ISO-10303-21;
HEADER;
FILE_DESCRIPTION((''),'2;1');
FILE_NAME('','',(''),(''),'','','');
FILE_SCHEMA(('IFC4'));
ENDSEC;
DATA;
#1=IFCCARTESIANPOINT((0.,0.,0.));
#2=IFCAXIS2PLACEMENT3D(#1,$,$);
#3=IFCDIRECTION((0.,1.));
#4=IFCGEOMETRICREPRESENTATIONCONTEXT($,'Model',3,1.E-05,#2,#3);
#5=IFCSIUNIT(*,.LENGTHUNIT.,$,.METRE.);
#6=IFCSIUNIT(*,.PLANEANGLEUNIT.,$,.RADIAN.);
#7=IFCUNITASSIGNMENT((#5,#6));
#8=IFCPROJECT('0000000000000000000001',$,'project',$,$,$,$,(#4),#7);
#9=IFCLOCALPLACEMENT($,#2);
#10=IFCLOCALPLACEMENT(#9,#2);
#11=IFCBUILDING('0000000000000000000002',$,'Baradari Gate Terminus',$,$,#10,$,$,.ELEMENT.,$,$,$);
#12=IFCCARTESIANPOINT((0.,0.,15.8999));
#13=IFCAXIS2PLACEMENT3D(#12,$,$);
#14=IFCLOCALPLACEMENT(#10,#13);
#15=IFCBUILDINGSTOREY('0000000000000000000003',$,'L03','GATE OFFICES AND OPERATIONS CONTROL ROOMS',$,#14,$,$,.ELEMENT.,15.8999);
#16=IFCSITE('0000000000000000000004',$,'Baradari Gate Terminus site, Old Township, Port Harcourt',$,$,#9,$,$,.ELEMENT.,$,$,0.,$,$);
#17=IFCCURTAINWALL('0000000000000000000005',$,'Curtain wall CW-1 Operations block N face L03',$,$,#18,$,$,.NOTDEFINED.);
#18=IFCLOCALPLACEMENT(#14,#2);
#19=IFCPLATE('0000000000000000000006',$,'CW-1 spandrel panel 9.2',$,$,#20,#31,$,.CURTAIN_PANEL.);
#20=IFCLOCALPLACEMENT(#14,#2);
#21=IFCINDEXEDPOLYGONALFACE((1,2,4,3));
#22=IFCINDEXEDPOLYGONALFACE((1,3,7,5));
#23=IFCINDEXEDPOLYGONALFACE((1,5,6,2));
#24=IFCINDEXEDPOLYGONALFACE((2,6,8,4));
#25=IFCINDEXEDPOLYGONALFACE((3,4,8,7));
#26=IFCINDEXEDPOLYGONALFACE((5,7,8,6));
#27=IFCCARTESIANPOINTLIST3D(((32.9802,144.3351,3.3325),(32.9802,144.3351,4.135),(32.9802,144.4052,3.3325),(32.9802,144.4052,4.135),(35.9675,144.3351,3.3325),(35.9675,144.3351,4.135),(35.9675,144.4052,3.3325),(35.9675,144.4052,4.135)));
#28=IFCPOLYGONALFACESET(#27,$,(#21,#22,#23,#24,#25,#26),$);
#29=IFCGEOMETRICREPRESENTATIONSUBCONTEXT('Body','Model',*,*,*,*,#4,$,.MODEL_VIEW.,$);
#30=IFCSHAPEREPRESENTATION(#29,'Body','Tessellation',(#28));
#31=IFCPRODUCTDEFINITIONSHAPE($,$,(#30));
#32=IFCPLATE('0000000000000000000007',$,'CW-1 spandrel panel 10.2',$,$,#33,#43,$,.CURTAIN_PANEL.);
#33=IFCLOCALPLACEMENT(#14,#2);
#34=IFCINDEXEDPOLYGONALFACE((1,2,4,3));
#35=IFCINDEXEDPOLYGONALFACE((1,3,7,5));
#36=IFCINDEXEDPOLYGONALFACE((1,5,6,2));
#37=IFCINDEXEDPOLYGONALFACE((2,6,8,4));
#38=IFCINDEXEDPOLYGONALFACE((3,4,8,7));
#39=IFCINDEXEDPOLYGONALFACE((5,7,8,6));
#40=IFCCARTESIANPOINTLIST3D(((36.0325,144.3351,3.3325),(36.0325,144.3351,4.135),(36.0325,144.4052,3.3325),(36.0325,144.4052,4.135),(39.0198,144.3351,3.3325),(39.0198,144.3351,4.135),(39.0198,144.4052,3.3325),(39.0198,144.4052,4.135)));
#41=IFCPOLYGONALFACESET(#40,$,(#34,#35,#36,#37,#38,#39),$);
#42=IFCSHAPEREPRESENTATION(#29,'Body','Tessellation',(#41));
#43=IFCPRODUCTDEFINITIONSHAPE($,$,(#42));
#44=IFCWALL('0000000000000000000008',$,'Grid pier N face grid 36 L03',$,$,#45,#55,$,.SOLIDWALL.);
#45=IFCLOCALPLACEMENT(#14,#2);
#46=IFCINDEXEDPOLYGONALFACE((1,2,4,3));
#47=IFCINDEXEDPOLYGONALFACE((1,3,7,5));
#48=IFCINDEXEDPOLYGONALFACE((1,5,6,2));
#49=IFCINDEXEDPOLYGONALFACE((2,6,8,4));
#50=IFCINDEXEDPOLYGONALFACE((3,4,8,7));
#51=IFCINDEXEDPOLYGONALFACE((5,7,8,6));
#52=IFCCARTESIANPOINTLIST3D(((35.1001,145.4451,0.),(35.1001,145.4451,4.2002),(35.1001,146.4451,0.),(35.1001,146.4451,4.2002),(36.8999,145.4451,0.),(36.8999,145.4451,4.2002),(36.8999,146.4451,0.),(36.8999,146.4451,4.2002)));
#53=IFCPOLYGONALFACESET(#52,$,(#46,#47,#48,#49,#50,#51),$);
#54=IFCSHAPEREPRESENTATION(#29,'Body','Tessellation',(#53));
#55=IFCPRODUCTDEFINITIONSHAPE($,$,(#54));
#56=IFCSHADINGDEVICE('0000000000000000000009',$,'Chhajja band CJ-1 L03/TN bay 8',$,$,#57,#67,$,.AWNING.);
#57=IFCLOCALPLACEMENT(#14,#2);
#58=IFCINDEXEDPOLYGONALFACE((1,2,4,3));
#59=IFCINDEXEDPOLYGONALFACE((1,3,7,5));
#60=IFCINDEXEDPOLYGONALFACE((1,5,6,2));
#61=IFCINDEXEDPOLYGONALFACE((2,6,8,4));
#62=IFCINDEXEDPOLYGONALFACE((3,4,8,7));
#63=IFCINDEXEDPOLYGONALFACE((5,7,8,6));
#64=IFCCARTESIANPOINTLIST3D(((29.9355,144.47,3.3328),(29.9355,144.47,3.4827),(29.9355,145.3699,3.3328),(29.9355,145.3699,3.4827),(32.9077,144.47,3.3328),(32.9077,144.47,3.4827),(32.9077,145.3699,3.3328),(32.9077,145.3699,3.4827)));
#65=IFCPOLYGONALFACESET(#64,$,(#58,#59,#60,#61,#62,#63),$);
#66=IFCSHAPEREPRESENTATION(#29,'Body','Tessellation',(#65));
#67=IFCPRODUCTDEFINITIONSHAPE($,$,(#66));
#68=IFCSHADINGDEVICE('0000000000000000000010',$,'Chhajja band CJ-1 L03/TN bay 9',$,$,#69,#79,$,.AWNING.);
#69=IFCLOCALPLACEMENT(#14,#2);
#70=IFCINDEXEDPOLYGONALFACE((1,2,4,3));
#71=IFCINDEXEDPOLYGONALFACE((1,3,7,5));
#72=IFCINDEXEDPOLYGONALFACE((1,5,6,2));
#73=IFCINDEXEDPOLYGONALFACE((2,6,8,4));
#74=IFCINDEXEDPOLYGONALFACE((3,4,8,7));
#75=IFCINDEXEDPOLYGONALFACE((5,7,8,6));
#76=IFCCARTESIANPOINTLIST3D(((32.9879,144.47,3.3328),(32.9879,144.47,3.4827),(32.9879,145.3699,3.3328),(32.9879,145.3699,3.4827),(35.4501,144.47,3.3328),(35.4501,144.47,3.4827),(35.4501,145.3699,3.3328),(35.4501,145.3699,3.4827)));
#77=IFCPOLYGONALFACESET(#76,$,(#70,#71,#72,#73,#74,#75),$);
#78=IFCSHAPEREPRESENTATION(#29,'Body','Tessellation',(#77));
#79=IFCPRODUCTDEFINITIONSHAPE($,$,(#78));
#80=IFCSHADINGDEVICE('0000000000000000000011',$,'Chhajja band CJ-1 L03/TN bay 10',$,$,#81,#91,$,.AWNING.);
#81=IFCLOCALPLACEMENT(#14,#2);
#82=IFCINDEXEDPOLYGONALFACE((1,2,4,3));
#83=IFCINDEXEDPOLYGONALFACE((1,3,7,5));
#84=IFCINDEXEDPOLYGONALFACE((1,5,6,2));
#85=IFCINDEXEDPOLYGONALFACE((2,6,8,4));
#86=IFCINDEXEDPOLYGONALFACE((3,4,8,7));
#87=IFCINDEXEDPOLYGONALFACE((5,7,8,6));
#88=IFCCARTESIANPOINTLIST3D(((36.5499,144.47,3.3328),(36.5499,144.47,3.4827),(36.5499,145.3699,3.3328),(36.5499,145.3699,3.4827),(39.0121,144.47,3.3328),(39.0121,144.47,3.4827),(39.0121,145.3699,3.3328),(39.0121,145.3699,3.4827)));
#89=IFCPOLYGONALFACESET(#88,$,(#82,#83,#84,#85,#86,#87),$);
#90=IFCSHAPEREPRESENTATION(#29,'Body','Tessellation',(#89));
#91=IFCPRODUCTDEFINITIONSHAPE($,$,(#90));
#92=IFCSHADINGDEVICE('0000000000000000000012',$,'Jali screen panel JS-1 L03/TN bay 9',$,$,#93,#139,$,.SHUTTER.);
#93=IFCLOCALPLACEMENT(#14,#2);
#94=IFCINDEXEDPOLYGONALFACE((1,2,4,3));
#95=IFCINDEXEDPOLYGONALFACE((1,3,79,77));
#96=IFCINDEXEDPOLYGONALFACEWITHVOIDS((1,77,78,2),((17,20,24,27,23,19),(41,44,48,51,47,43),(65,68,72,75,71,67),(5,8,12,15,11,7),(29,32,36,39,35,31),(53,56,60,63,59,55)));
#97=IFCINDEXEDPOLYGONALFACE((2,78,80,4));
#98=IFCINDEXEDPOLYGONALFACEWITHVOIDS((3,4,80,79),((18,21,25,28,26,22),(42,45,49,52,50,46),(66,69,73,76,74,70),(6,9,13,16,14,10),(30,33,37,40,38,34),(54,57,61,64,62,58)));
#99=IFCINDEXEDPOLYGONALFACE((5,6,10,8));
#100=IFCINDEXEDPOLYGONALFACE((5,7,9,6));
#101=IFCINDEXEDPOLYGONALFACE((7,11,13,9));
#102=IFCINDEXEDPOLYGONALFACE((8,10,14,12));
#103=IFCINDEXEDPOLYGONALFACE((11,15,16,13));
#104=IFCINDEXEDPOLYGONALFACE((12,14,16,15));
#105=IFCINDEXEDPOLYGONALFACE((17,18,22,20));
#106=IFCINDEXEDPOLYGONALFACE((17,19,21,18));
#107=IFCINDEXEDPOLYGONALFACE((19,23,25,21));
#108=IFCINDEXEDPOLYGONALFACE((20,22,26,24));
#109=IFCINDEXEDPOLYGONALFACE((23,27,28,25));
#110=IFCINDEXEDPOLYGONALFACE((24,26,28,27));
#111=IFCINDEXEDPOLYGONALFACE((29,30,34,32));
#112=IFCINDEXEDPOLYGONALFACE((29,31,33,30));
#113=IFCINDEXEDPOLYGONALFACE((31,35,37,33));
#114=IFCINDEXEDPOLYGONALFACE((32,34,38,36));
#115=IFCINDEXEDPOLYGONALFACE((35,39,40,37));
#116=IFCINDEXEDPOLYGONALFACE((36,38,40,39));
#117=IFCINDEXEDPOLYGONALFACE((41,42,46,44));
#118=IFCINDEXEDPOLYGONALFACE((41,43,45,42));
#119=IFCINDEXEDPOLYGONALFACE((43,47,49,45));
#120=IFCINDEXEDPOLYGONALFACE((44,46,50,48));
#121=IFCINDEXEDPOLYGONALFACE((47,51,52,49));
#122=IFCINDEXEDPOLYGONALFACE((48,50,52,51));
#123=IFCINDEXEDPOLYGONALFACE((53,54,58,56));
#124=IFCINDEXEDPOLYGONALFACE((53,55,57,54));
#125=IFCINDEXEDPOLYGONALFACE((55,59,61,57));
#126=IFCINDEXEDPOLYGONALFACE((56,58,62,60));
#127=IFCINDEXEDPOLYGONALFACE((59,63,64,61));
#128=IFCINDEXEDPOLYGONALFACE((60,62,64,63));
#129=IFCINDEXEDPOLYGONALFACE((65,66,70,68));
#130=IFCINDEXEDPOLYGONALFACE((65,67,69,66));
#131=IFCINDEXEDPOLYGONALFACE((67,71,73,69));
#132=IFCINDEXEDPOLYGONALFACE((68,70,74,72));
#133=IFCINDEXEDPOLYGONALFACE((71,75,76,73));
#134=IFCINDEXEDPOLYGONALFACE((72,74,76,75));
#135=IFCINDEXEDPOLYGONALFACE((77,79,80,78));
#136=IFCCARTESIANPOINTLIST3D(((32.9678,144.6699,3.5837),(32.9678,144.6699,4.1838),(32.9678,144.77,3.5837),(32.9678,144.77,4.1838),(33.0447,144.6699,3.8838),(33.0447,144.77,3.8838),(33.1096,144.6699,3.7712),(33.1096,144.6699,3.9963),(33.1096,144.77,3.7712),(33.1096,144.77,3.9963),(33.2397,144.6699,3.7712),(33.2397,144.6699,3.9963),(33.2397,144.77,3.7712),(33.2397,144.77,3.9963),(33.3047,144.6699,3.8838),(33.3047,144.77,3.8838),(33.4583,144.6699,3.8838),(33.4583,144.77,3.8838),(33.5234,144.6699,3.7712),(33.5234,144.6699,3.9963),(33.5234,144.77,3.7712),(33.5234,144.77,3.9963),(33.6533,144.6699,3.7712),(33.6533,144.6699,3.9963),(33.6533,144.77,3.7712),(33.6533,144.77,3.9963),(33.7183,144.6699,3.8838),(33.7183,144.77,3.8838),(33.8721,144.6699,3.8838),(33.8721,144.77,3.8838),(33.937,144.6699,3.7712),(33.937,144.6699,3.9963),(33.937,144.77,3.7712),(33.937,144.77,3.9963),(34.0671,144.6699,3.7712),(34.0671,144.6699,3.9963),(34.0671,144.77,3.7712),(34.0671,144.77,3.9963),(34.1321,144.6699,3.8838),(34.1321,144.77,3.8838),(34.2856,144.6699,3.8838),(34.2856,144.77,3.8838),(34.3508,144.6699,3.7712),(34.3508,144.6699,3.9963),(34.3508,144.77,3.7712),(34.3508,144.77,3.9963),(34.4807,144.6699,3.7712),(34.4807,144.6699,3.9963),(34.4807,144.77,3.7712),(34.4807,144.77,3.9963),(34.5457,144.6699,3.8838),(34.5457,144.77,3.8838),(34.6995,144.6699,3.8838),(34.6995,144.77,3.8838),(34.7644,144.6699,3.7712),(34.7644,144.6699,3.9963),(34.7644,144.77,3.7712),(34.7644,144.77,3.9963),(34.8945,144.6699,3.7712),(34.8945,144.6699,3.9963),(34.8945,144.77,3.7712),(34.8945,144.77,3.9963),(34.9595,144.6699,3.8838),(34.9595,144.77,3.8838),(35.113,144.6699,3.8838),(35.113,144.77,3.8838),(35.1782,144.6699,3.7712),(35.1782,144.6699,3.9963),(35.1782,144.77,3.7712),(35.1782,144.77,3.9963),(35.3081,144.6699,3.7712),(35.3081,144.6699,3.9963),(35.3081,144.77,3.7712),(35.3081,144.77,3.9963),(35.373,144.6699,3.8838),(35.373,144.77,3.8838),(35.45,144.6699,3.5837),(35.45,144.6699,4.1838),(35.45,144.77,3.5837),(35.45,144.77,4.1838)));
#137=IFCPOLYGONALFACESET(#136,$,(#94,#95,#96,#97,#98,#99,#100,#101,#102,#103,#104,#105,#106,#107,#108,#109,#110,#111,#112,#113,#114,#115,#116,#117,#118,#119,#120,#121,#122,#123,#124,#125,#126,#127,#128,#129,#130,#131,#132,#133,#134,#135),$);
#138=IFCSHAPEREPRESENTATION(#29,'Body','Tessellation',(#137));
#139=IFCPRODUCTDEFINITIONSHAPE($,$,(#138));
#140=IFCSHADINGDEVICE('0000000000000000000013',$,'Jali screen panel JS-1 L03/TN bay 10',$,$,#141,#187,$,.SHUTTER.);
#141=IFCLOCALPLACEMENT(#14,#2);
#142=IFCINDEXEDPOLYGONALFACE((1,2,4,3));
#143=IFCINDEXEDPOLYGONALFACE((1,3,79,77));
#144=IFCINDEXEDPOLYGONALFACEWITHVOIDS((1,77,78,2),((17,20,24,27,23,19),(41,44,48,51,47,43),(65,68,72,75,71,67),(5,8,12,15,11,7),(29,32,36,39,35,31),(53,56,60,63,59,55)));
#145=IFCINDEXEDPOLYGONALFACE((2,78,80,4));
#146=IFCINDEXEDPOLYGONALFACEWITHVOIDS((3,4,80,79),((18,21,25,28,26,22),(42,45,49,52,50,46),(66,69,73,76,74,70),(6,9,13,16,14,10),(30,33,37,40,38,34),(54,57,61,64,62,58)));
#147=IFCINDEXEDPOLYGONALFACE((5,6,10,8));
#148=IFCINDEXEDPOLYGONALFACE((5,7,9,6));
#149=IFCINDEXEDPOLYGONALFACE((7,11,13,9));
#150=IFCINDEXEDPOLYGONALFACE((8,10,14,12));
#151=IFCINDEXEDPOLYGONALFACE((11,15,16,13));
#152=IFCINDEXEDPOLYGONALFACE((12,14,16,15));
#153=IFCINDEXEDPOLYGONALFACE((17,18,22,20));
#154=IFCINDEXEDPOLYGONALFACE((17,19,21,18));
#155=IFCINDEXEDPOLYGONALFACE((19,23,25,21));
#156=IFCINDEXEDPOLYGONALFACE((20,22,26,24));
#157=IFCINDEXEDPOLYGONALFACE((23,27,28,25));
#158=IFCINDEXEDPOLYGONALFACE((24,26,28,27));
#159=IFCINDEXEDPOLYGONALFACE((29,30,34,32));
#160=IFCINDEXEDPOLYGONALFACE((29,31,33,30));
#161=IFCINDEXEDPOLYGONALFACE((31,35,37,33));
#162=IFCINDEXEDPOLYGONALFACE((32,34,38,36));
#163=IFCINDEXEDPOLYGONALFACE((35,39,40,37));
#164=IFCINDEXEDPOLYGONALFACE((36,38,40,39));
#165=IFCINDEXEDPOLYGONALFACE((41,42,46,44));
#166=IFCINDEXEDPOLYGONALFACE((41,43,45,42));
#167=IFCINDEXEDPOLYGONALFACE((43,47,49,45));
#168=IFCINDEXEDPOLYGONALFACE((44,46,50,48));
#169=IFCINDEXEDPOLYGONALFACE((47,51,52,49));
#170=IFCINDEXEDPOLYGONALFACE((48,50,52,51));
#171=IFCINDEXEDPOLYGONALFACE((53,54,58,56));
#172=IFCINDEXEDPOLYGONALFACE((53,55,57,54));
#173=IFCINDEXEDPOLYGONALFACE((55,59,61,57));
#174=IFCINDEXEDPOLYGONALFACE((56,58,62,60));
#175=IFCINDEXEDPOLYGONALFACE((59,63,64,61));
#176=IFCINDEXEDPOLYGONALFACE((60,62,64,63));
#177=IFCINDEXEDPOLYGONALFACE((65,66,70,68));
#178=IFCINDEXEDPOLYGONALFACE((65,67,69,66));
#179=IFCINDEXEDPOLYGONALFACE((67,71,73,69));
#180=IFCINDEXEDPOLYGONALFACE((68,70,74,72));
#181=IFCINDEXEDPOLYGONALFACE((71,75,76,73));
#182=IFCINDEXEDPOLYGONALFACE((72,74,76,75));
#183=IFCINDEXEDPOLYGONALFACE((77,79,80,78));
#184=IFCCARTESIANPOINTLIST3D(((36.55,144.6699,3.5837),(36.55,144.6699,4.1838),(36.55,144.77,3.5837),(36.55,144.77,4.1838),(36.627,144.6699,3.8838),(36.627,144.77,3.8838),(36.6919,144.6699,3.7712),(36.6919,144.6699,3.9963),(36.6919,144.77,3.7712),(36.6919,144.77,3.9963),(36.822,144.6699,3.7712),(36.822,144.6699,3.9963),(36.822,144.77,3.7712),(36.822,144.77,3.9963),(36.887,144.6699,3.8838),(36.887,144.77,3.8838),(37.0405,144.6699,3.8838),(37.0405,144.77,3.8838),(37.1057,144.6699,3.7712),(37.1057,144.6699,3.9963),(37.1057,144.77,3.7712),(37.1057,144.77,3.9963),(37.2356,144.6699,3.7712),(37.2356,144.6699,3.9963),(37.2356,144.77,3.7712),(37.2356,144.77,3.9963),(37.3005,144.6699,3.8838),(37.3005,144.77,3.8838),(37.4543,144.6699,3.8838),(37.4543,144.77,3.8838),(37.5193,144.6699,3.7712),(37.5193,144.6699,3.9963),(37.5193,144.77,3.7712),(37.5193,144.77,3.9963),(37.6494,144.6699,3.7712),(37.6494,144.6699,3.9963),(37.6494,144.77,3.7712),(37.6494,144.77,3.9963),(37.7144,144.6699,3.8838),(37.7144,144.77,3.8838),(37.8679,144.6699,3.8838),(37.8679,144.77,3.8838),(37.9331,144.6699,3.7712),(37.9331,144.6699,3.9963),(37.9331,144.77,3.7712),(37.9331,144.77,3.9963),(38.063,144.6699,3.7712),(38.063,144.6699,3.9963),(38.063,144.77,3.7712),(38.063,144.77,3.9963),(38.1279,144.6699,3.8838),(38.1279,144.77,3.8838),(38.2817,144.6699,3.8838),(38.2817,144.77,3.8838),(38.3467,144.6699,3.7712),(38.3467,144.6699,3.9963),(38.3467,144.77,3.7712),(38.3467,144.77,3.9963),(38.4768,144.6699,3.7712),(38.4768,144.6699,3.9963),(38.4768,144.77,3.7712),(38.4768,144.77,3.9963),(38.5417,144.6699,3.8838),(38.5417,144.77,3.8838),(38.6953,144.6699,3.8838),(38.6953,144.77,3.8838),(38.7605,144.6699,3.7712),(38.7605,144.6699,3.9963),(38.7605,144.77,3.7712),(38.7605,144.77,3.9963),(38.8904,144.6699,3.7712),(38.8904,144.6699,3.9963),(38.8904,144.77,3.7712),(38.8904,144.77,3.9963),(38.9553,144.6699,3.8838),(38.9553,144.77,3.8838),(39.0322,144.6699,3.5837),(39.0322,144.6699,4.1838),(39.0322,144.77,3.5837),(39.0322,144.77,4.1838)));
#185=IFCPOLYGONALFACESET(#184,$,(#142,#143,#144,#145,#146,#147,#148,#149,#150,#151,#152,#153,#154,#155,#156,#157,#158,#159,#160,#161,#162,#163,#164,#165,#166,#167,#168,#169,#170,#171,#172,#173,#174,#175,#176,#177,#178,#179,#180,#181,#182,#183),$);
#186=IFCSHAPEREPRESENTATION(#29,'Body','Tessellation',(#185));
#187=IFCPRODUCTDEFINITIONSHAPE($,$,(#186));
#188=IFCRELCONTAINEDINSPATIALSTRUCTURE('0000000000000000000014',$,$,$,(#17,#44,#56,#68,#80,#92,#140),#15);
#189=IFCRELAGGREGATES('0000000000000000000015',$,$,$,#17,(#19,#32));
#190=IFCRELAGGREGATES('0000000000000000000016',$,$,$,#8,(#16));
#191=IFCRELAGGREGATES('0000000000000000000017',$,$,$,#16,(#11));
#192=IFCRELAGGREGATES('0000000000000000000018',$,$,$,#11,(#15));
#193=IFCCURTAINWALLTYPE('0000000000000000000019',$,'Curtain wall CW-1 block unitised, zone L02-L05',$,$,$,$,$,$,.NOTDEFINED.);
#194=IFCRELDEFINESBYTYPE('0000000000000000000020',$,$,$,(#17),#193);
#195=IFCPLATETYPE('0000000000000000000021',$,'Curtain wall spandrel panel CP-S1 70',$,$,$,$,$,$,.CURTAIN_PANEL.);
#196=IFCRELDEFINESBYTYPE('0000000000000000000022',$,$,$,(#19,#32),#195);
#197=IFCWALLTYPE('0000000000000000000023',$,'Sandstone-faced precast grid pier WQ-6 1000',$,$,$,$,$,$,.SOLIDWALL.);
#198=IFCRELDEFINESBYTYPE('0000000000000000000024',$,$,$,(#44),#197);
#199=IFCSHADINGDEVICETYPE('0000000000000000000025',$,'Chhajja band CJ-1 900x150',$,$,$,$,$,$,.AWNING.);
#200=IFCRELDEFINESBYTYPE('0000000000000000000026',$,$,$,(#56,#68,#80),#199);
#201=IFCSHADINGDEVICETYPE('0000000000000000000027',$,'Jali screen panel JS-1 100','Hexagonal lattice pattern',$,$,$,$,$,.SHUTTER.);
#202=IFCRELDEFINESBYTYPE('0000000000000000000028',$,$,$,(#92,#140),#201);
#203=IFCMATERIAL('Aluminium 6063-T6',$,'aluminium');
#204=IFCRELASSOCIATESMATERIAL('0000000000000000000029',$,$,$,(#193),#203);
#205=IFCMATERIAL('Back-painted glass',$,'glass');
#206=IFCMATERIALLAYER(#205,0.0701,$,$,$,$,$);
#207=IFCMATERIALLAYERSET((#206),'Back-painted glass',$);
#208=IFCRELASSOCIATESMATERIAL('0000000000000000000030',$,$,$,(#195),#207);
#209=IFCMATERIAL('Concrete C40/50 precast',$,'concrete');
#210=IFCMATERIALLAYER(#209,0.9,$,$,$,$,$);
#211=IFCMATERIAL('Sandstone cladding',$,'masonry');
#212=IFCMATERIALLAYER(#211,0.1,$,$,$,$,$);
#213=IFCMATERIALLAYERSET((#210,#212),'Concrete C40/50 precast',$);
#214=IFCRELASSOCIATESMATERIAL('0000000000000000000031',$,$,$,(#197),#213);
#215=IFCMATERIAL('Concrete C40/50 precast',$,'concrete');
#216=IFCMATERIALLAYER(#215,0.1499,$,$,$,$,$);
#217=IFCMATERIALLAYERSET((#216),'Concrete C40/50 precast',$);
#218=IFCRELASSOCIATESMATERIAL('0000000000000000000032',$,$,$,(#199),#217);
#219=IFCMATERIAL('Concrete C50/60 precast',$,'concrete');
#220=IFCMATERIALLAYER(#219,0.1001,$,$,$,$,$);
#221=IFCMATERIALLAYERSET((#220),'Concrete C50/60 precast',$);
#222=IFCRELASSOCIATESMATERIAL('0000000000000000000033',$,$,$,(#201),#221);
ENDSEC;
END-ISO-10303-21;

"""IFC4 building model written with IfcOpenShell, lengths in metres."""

from ifc_helpers import new_model, si_unit, direction, frame, frame_2d, origin, origin_2d, place, context, subcontext, project, spatial, polyline, rectangle, outline, extrude, material, layer, layer_set, type_object, element, aggregate, save


model = new_model("IFC4")

# Units and contexts
model_context = context("Model", 3, precision=1e-05, world=origin(), true_north=direction((0.0, 1.0)))
body_context = subcontext(model_context, "Body", "Model", "MODEL_VIEW")
ifc_project = project(units=[si_unit("LENGTHUNIT", "METRE"), si_unit("PLANEANGLEUNIT", "RADIAN")], contexts=[model_context])

# Site, building, storey
site_placement = place(None, origin())
site = spatial("IfcSite", under=ifc_project, at=site_placement, Name="Baradari Gate Terminus site, Old Township, Port Harcourt", CompositionType="ELEMENT", RefElevation=0.0)
building_placement = place(site_placement, origin())
building = spatial("IfcBuilding", under=site, at=building_placement, Name="Baradari Gate Terminus", CompositionType="ELEMENT")
storey_placement = place(building_placement, frame((0.0, 0.0, 15.8999)))
storey = spatial("IfcBuildingStorey", under=building, at=storey_placement, Name="L03", Description="GATE OFFICES AND OPERATIONS CONTROL ROOMS", CompositionType="ELEMENT", Elevation=15.8999)

# Curtain wall, plates
ifc_material_1 = material(Name="Aluminium 6063-T6", Category="aluminium")
curtain_wall_type = type_object("IfcCurtainWallType", Name="Curtain wall CW-1 block unitised, zone L02-L05", PredefinedType="NOTDEFINED", material=ifc_material_1)
curtain_wall_placement = place(storey_placement, origin())
curtain_wall = element("IfcCurtainWall", 1, at=curtain_wall_placement, inside=storey, type_object=curtain_wall_type, Name="Curtain wall CW-1 Operations block N face L03", PredefinedType="NOTDEFINED")
ifc_material_2 = material(Name="Back-painted glass", Category="glass")
ifc_layer_1 = layer(ifc_material_2, 0.0701)
ifc_layer_set_1 = layer_set([ifc_layer_1], Name="Back-painted glass")
plate_type_1 = type_object("IfcPlateType", Name="Curtain wall spandrel panel CP-S1 70", PredefinedType="CURTAIN_PANEL", material=ifc_layer_set_1)
plate_1_placement = place(storey_placement, frame((34.4739, 144.3701, 3.3325), z_axis=(0.0, 0.0, 1.0), x_axis=(1.0, 0.0, 0.0)))
plate_1 = element("IfcPlate", 2, at=plate_1_placement, type_object=plate_type_1, Name="CW-1 spandrel panel 9.2", PredefinedType="CURTAIN_PANEL", context=body_context, shape_type="SweptSolid", body=[
    extrude(rectangle(XDim=2.9873, YDim=0.0701, at=origin_2d()), origin(), (0.0, 0.0, 1.0), 0.8025),
])
plate_2_placement = place(storey_placement, frame((37.5261, 144.3701, 3.3325), z_axis=(0.0, 0.0, 1.0), x_axis=(1.0, 0.0, 0.0)))
plate_2 = element("IfcPlate", 3, at=plate_2_placement, type_object=plate_type_1, Name="CW-1 spandrel panel 10.2", PredefinedType="CURTAIN_PANEL", context=body_context, shape_type="SweptSolid", body=[
    extrude(rectangle(XDim=2.9873, YDim=0.0701, at=origin_2d()), origin(), (0.0, 0.0, 1.0), 0.8025),
])
aggregate(curtain_wall, [plate_1, plate_2])

# Wall
ifc_material_3 = material(Name="Concrete C40/50 precast", Category="concrete")
ifc_layer_2 = layer(ifc_material_3, 0.9)
ifc_material_4 = material(Name="Sandstone cladding", Category="masonry")
ifc_layer_3 = layer(ifc_material_4, 0.1)
ifc_layer_set_2 = layer_set([ifc_layer_2, ifc_layer_3], Name="Concrete C40/50 precast")
wall_type = type_object("IfcWallType", Name="Sandstone-faced precast grid pier WQ-6 1000", PredefinedType="SOLIDWALL", material=ifc_layer_set_2)
wall_placement = place(storey_placement, frame((35.1001, 145.9451, 0.0), z_axis=(0.0, 0.0, 1.0), x_axis=(1.0, 0.0, 0.0)))
element("IfcWall", 4, at=wall_placement, inside=storey, type_object=wall_type, Name="Grid pier N face grid 36 L03", PredefinedType="SOLIDWALL", context=body_context, shape_type="SweptSolid", body=[
    extrude(rectangle(XDim=1.7998, YDim=1.0, at=frame_2d((0.8999, 0.0))), origin(), (0.0, 0.0, 1.0), 4.2002),
])

# Shading devices
ifc_material_5 = material(Name="Concrete C40/50 precast", Category="concrete")
ifc_layer_4 = layer(ifc_material_5, 0.1499)
ifc_layer_set_3 = layer_set([ifc_layer_4], Name="Concrete C40/50 precast")
shading_device_type_1 = type_object("IfcShadingDeviceType", Name="Chhajja band CJ-1 900x150", PredefinedType="AWNING", material=ifc_layer_set_3)
shading_device_placement = place(storey_placement, frame((31.4216, 144.9199, 3.3328), z_axis=(0.0, 0.0, 1.0), x_axis=(1.0, 0.0, 0.0)))
element("IfcShadingDevice", 5, at=shading_device_placement, inside=storey, type_object=shading_device_type_1, Name="Chhajja band CJ-1 L03/TN bay 8", PredefinedType="AWNING", context=body_context, shape_type="SweptSolid", body=[
    extrude(rectangle(XDim=2.9722, YDim=0.8999, at=origin_2d()), origin(), (0.0, 0.0, 1.0), 0.1499),
])
for number, where, z_axis, x_axis, name in (
    (6, (34.219, 144.9199, 3.3328), (0.0, 0.0, 1.0), (1.0, 0.0, 0.0), "Chhajja band CJ-1 L03/TN bay 9"),
    (7, (37.781, 144.9199, 3.3328), (0.0, 0.0, 1.0), (1.0, 0.0, 0.0), "Chhajja band CJ-1 L03/TN bay 10"),
):
    element("IfcShadingDevice", number, at=place(storey_placement, frame(where, z_axis=z_axis, x_axis=x_axis)), inside=storey, type_object=shading_device_type_1, Name=name, PredefinedType="AWNING", context=body_context, shape_type="SweptSolid", body=[
        extrude(rectangle(XDim=2.4622, YDim=0.8999, at=origin_2d()), origin(), (0.0, 0.0, 1.0), 0.1499),
    ])
ifc_material_6 = material(Name="Concrete C50/60 precast", Category="concrete")
ifc_layer_5 = layer(ifc_material_6, 0.1001)
ifc_layer_set_4 = layer_set([ifc_layer_5], Name="Concrete C50/60 precast")
shading_device_type_2 = type_object("IfcShadingDeviceType", Name="Jali screen panel JS-1 100", Description="Hexagonal lattice pattern", PredefinedType="SHUTTER", material=ifc_layer_set_4)
for number, where, z_axis, x_axis, name in (
    (8, (32.9678, 144.72, 3.5837), (0.0, 0.0, 1.0), (1.0, 0.0, 0.0), "Jali screen panel JS-1 L03/TN bay 9"),
    (9, (36.55, 144.72, 3.5837), (0.0, 0.0, 1.0), (1.0, 0.0, 0.0), "Jali screen panel JS-1 L03/TN bay 10"),
):
    element("IfcShadingDevice", number, at=place(storey_placement, frame(where, z_axis=z_axis, x_axis=x_axis)), inside=storey, type_object=shading_device_type_2, Name=name, PredefinedType="SHUTTER", context=body_context, shape_type="SweptSolid", body=[
        extrude(outline(polyline([(0.0, 0.0), (2.4822, 0.0), (2.4822, 0.6001), (0.0, 0.6001), (0.0, 0.0)]), holes=[polyline([(0.3369, 0.3), (0.272, 0.1875), (0.1418, 0.1875), (0.0769, 0.3), (0.1418, 0.4126), (0.272, 0.4126), (0.3369, 0.3)]), polyline([(0.7505, 0.3), (0.6855, 0.1875), (0.5557, 0.1875), (0.4905, 0.3), (0.5557, 0.4126), (0.6855, 0.4126), (0.7505, 0.3)]), polyline([(1.1643, 0.3), (1.0994, 0.1875), (0.9692, 0.1875), (0.9043, 0.3), (0.9692, 0.4126), (1.0994, 0.4126), (1.1643, 0.3)]), polyline([(1.5779, 0.3), (1.5129, 0.1875), (1.3831, 0.1875), (1.3179, 0.3), (1.3831, 0.4126), (1.5129, 0.4126), (1.5779, 0.3)]), polyline([(1.9917, 0.3), (1.9268, 0.1875), (1.7966, 0.1875), (1.7317, 0.3), (1.7966, 0.4126), (1.9268, 0.4126), (1.9917, 0.3)]), polyline([(2.4053, 0.3), (2.3403, 0.1875), (2.2104, 0.1875), (2.1453, 0.3), (2.2104, 0.4126), (2.3403, 0.4126), (2.4053, 0.3)])]), frame((0.0, 0.05, 0.0), z_axis=(0.0, -1.0, 0.0), x_axis=(1.0, 0.0, 0.0)), (0.0, 0.0, 1.0), 0.1001),
    ])

save(model, "model.ifc")
